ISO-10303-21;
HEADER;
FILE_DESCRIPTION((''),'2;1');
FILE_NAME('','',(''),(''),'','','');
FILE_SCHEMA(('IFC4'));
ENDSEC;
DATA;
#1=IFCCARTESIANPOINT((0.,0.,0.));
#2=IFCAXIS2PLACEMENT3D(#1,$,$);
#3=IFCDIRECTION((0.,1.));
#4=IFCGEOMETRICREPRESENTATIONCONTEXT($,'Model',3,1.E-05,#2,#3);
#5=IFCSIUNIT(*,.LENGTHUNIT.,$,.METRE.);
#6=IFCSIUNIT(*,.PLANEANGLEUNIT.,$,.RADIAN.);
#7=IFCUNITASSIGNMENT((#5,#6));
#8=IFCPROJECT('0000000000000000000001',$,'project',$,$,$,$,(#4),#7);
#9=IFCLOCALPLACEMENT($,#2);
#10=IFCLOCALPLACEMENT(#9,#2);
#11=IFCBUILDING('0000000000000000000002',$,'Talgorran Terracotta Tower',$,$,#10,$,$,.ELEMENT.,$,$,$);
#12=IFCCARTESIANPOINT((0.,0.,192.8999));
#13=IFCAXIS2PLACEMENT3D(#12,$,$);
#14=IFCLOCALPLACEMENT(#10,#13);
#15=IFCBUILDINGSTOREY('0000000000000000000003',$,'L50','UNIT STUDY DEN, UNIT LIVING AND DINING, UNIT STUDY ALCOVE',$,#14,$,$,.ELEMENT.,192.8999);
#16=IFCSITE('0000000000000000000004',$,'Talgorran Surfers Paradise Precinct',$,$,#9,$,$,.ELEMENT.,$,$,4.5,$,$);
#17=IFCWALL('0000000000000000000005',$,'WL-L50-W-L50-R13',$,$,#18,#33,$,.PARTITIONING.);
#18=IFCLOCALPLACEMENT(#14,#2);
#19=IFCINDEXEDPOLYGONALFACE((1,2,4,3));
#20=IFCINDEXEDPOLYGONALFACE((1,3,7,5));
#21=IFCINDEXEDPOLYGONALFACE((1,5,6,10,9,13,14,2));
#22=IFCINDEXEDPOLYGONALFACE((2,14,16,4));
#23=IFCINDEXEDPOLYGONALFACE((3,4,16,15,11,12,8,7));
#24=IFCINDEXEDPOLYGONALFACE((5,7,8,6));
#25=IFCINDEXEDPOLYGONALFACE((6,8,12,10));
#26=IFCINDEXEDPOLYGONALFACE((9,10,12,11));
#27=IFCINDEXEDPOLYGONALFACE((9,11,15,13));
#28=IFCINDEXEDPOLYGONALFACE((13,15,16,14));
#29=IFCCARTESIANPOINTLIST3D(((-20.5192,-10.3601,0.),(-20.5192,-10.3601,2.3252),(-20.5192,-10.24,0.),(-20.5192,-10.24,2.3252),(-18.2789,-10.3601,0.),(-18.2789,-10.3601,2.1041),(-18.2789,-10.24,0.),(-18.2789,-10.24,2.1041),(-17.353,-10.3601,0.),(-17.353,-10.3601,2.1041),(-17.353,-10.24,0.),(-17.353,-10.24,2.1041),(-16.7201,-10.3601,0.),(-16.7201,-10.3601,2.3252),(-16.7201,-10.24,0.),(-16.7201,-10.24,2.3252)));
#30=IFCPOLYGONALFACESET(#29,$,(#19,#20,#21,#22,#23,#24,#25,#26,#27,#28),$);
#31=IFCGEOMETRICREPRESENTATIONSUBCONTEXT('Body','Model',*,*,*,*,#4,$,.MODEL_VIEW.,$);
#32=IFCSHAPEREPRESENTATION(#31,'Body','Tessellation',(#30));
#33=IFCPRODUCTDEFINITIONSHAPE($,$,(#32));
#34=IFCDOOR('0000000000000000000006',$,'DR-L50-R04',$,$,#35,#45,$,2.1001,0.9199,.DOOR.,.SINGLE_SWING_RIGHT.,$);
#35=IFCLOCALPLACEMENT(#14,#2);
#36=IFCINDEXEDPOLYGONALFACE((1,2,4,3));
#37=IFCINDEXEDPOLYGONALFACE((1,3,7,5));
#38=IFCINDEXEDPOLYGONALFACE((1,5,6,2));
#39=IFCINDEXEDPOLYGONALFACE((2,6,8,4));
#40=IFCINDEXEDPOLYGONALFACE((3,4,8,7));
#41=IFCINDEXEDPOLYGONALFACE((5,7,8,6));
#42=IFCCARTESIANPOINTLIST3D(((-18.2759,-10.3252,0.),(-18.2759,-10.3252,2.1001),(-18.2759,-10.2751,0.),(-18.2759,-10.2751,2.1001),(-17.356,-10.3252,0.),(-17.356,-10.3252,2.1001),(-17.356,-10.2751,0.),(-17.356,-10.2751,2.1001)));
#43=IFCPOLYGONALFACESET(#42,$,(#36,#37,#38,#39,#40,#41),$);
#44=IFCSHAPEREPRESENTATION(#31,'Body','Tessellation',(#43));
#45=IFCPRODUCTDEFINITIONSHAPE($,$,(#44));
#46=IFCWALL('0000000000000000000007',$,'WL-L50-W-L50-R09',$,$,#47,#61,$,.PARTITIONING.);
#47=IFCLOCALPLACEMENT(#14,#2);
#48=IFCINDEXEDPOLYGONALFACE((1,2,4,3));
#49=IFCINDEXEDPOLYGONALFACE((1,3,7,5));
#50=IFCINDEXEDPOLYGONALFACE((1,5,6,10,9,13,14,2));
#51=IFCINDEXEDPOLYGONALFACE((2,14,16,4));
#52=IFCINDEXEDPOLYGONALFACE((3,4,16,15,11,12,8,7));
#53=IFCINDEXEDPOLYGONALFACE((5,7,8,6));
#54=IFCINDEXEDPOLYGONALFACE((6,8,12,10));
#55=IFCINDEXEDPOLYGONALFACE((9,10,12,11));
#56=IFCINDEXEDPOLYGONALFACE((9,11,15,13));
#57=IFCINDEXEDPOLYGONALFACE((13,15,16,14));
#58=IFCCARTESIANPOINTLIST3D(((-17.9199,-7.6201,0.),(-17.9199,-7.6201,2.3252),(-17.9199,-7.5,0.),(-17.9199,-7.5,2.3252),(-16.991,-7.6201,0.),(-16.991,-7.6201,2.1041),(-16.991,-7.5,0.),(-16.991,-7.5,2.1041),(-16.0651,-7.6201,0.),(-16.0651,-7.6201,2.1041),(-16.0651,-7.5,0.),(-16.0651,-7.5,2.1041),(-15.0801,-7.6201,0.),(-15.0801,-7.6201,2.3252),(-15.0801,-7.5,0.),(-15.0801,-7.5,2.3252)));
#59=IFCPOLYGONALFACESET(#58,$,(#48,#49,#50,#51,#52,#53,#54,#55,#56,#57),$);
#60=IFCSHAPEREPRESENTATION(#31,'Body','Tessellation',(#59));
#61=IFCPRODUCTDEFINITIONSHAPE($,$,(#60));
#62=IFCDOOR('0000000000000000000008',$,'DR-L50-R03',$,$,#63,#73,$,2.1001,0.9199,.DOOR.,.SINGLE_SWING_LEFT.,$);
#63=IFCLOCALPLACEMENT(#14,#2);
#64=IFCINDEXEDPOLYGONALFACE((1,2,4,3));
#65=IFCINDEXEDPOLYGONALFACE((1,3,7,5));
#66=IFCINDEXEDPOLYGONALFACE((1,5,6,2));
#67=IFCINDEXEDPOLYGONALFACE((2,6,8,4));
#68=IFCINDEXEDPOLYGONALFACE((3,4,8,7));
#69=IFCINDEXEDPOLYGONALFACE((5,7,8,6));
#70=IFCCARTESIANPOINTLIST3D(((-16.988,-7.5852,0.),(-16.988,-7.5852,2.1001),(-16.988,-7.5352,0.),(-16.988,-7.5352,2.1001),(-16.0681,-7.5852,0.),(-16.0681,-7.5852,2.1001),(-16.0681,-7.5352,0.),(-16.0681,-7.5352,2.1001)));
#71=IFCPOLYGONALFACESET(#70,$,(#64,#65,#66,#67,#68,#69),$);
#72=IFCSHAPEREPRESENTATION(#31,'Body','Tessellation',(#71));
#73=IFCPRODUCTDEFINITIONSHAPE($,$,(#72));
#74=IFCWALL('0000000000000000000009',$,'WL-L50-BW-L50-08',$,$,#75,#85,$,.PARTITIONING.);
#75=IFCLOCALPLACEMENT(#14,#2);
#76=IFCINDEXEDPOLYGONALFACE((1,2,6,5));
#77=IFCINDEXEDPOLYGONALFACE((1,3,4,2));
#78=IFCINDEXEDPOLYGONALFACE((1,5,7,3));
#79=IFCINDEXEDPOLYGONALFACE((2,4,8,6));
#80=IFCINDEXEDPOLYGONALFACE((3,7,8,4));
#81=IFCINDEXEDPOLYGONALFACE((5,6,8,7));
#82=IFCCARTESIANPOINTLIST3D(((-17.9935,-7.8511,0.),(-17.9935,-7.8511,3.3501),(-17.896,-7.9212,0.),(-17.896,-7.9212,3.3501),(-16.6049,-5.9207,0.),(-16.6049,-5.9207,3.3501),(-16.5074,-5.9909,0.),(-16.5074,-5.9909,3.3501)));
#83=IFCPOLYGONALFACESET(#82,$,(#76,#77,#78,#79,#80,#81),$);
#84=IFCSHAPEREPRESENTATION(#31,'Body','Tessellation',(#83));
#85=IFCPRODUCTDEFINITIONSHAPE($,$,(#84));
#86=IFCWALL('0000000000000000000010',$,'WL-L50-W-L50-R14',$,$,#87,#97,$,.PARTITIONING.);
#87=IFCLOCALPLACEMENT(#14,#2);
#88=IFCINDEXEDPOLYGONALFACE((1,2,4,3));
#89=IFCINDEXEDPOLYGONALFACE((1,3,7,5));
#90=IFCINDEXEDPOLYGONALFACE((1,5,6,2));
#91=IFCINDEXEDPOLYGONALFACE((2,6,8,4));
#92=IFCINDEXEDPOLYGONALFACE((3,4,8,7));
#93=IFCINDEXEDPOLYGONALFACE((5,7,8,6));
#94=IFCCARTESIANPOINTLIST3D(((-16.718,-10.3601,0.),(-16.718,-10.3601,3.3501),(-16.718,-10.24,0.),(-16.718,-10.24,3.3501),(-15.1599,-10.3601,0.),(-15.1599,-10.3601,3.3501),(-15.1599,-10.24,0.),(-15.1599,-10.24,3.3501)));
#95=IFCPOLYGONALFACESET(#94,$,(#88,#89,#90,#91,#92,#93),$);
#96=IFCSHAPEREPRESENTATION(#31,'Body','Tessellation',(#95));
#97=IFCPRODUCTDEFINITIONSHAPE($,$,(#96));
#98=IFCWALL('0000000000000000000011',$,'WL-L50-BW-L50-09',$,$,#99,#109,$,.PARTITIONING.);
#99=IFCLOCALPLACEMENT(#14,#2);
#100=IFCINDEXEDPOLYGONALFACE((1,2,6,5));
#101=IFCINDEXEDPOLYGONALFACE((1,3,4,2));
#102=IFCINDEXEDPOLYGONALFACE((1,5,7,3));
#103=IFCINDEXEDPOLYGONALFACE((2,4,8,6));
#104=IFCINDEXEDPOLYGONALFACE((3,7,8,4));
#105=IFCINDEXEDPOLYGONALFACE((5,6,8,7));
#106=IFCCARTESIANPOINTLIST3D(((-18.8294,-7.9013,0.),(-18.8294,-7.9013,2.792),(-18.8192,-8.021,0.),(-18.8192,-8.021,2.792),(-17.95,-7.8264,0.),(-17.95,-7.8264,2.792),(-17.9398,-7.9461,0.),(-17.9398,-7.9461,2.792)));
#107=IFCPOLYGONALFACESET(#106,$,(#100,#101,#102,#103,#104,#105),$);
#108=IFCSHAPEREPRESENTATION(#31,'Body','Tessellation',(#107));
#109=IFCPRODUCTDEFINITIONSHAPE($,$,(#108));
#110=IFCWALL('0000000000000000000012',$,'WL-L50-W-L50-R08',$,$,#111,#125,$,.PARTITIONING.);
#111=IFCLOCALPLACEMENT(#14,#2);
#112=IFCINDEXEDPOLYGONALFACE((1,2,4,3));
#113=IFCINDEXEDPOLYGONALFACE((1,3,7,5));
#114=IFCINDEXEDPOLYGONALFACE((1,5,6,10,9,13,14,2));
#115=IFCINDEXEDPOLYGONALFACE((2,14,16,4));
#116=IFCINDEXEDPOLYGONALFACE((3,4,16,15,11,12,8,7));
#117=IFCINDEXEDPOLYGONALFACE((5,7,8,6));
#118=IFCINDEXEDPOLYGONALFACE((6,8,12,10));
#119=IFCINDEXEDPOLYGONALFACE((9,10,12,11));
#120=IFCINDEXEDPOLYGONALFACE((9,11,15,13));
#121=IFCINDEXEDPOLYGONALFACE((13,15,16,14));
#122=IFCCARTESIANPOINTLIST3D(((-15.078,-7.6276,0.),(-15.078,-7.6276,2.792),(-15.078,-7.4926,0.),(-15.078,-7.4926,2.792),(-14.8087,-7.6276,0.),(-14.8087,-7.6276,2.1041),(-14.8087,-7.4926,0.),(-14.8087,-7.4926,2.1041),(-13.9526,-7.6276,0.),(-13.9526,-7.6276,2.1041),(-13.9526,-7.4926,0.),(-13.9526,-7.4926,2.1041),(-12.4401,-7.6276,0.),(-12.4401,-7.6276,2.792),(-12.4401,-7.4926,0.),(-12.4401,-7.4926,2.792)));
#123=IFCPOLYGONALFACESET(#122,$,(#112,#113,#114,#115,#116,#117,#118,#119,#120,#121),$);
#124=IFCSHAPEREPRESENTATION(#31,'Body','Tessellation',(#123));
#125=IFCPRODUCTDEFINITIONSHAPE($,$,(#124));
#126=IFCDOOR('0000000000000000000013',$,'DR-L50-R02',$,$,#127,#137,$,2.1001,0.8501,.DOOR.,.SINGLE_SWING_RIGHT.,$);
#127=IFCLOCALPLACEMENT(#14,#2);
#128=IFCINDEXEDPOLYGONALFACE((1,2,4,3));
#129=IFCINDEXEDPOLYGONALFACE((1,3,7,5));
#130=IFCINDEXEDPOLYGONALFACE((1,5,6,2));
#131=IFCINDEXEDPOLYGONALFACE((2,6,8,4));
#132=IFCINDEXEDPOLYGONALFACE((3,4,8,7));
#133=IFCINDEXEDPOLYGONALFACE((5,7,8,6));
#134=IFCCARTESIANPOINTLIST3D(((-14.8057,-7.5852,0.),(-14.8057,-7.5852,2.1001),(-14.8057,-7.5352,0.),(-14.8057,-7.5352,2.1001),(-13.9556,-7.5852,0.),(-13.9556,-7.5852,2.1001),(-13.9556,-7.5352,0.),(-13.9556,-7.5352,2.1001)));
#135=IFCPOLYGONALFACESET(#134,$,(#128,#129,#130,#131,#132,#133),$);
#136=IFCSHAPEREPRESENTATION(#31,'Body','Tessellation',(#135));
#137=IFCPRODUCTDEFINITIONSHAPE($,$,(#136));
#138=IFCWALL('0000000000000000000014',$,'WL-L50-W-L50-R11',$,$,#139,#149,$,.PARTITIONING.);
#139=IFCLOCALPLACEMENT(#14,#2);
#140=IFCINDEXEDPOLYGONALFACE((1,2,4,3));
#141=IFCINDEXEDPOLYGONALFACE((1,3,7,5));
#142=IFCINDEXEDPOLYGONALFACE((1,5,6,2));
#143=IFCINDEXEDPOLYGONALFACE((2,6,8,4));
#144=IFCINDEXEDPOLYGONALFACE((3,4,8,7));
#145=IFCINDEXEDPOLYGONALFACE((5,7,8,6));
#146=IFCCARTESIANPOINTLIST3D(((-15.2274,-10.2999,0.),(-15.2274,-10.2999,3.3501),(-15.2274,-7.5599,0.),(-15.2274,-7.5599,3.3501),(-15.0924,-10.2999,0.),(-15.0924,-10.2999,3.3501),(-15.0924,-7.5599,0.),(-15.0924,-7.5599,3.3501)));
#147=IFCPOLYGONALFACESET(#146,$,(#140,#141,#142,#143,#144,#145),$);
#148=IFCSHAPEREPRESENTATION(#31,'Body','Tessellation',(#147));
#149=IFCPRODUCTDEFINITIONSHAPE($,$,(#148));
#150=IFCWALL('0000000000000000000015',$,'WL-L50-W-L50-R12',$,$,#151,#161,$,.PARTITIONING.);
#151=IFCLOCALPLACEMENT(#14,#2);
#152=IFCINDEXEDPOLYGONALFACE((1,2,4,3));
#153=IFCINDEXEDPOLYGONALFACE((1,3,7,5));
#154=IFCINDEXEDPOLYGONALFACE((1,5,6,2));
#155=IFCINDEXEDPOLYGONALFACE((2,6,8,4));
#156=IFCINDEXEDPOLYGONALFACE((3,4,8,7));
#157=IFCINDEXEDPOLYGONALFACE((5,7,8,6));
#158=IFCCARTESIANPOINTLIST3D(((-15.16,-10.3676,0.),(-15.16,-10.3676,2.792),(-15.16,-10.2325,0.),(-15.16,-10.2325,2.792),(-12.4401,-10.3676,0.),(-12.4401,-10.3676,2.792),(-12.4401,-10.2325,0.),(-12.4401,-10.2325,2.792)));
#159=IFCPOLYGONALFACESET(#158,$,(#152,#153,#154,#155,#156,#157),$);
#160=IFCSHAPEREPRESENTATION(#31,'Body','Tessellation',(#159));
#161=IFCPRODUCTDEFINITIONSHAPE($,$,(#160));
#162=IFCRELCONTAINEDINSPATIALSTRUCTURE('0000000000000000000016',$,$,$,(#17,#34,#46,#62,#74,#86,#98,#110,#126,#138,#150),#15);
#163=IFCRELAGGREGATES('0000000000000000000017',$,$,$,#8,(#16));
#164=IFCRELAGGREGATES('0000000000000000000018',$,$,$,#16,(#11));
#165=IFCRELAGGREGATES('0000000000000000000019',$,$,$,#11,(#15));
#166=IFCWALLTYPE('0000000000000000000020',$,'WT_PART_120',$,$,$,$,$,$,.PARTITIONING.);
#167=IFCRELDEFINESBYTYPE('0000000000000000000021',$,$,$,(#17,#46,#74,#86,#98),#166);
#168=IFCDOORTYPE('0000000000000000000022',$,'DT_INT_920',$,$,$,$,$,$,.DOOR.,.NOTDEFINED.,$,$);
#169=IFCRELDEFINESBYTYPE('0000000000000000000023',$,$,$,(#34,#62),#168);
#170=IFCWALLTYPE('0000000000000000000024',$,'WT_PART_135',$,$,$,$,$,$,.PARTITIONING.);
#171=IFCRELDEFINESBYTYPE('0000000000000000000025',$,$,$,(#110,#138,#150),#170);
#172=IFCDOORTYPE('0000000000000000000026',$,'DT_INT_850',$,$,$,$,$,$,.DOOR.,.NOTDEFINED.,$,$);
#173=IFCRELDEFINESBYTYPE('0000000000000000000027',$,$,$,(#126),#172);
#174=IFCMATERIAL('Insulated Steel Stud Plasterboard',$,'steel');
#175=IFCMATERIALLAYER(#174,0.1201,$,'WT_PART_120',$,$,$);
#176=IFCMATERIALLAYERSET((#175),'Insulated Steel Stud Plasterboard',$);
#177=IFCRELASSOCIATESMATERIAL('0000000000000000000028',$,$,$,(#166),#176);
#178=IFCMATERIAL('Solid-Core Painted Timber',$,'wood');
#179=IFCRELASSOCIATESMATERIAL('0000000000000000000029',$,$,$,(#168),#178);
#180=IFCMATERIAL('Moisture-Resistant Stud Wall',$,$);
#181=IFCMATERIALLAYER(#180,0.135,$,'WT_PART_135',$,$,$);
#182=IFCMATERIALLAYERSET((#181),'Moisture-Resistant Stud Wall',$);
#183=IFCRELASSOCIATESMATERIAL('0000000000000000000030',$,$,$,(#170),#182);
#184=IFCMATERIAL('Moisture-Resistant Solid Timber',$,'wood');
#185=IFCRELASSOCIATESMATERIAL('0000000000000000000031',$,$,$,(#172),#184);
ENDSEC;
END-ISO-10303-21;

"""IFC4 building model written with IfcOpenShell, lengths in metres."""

from ifc_helpers import new_model, si_unit, direction, frame, frame_2d, origin, place, context, subcontext, project, spatial, rectangle, extrude, material, layer, layer_set, type_object, element, fill, save


model = new_model("IFC4")

# Units and contexts
model_context = context("Model", 3, precision=1e-05, world=origin(), true_north=direction((0.0, 1.0)))
body_context = subcontext(model_context, "Body", "Model", "MODEL_VIEW")
ifc_project = project(units=[si_unit("LENGTHUNIT", "METRE"), si_unit("PLANEANGLEUNIT", "RADIAN")], contexts=[model_context])

# Site, building, storey
site_placement = place(None, origin())
site = spatial("IfcSite", under=ifc_project, at=site_placement, Name="Talgorran Surfers Paradise Precinct", CompositionType="ELEMENT", RefElevation=4.5)
building_placement = place(site_placement, origin())
building = spatial("IfcBuilding", under=site, at=building_placement, Name="Talgorran Terracotta Tower", CompositionType="ELEMENT")
storey_placement = place(building_placement, frame((0.0, 0.0, 192.8999)))
storey = spatial("IfcBuildingStorey", under=building, at=storey_placement, Name="L50", Description="UNIT STUDY DEN, UNIT LIVING AND DINING, UNIT STUDY ALCOVE", CompositionType="ELEMENT", Elevation=192.8999)

# Walls, openings, doors
ifc_material_1 = material(Name="Insulated Steel Stud Plasterboard", Category="steel")
ifc_layer_1 = layer(ifc_material_1, 0.1201, Name="WT_PART_120")
ifc_layer_set_1 = layer_set([ifc_layer_1], Name="Insulated Steel Stud Plasterboard")
wall_type_1 = type_object("IfcWallType", Name="WT_PART_120", PredefinedType="PARTITIONING", material=ifc_layer_set_1)
wall_1_placement = place(storey_placement, frame((-20.519, -10.3, 0.0), z_axis=(0.0, 0.0, 1.0), x_axis=(1.0, 0.0, 0.0)))
wall_1 = element("IfcWall", 1, at=wall_1_placement, inside=storey, type_object=wall_type_1, Name="WL-L50-W-L50-R13", PredefinedType="PARTITIONING", context=body_context, shape_type="SweptSolid", body=[
    extrude(rectangle(XDim=3.7991, YDim=0.1201, at=frame_2d((1.8994, 0.0))), origin(), (0.0, 0.0, 1.0), 2.3252),
])
opening_1_placement = place(wall_1_placement, frame((2.2432, 0.0, 0.0)))
opening_1 = element("IfcOpeningElement", 2, at=opening_1_placement, cuts=wall_1, PredefinedType="OPENING", context=body_context, shape_type="SweptSolid", body=[
    extrude(rectangle(XDim=0.9259, YDim=2.1041, at=frame_2d((0.46, 1.052))), frame((0.0, 0.0701, 0.0), z_axis=(0.0, -1.0, 0.0), x_axis=(1.0, 0.0, 0.0)), (0.0, 0.0, 1.0), 0.1401),
])
ifc_material_2 = material(Name="Solid-Core Painted Timber", Category="wood")
door_type_1 = type_object("IfcDoorType", Name="DT_INT_920", OperationType="NOTDEFINED", PredefinedType="DOOR", material=ifc_material_2)
door_1_placement = place(opening_1_placement, origin())
door_1 = element("IfcDoor", 3, at=door_1_placement, inside=storey, type_object=door_type_1, Name="DR-L50-R04", OperationType="SINGLE_SWING_RIGHT", OverallHeight=2.1001, OverallWidth=0.9199, PredefinedType="DOOR", context=body_context, shape_type="SweptSolid", body=[
    extrude(rectangle(XDim=0.9199, YDim=2.1001, at=frame_2d((0.46, 1.05))), frame((0.0, 0.0249, 0.0), z_axis=(0.0, -1.0, 0.0), x_axis=(1.0, 0.0, 0.0)), (0.0, 0.0, 1.0), 0.05),
])
fill(opening_1, door_1)
wall_2_placement = place(storey_placement, frame((-17.9199, -7.5601, 0.0), z_axis=(0.0, 0.0, 1.0), x_axis=(1.0, 0.0, 0.0)))
wall_2 = element("IfcWall", 4, at=wall_2_placement, inside=storey, type_object=wall_type_1, Name="WL-L50-W-L50-R09", PredefinedType="PARTITIONING", context=body_context, shape_type="SweptSolid", body=[
    extrude(rectangle(XDim=2.8398, YDim=0.1201, at=frame_2d((1.4199, 0.0))), origin(), (0.0, 0.0, 1.0), 2.3252),
])
opening_2_placement = place(wall_2_placement, frame((0.9319, 0.0, 0.0)))
opening_2 = element("IfcOpeningElement", 5, at=opening_2_placement, cuts=wall_2, PredefinedType="OPENING", context=body_context, shape_type="SweptSolid", body=[
    extrude(rectangle(XDim=0.9259, YDim=2.1041, at=frame_2d((0.46, 1.052))), frame((0.0, 0.0701, 0.0), z_axis=(0.0, -1.0, 0.0), x_axis=(1.0, 0.0, 0.0)), (0.0, 0.0, 1.0), 0.1401),
])
door_2_placement = place(opening_2_placement, origin())
door_2 = element("IfcDoor", 6, at=door_2_placement, inside=storey, type_object=door_type_1, Name="DR-L50-R03", OperationType="SINGLE_SWING_LEFT", OverallHeight=2.1001, OverallWidth=0.9199, PredefinedType="DOOR", context=body_context, shape_type="SweptSolid", body=[
    extrude(rectangle(XDim=0.9199, YDim=2.1001, at=frame_2d((0.46, 1.05))), frame((0.0, 0.0249, 0.0), z_axis=(0.0, -1.0, 0.0), x_axis=(1.0, 0.0, 0.0)), (0.0, 0.0, 1.0), 0.05),
])
fill(opening_2, door_2)

# Walls
wall_3_placement = place(storey_placement, frame((-16.5562, -5.9558, 0.0), z_axis=(0.0, 0.0, 1.0), x_axis=(-0.583964, -0.81178, 0.0)))
element("IfcWall", 7, at=wall_3_placement, inside=storey, type_object=wall_type_1, Name="WL-L50-BW-L50-08", PredefinedType="PARTITIONING", context=body_context, shape_type="SweptSolid", body=[
    extrude(rectangle(XDim=2.3779, YDim=0.1201, at=frame_2d((1.189, 0.0))), origin(), (0.0, 0.0, 1.0), 3.3501),
])
wall_4_placement = place(storey_placement, frame((-16.718, -10.3, 0.0), z_axis=(0.0, 0.0, 1.0), x_axis=(1.0, 0.0, 0.0)))
element("IfcWall", 8, at=wall_4_placement, inside=storey, type_object=wall_type_1, Name="WL-L50-W-L50-R14", PredefinedType="PARTITIONING", context=body_context, shape_type="SweptSolid", body=[
    extrude(rectangle(XDim=1.5581, YDim=0.1201, at=frame_2d((0.7791, 0.0))), origin(), (0.0, 0.0, 1.0), 3.3501),
])
wall_5_placement = place(storey_placement, frame((-17.9448, -7.8862, 0.0), z_axis=(0.0, 0.0, 1.0), x_axis=(-0.996388, -0.084923, 0.0)))
element("IfcWall", 9, at=wall_5_placement, inside=storey, type_object=wall_type_1, Name="WL-L50-BW-L50-09", PredefinedType="PARTITIONING", context=body_context, shape_type="SweptSolid", body=[
    extrude(rectangle(XDim=0.8826, YDim=0.1201, at=frame_2d((0.4414, 0.0))), origin(), (0.0, 0.0, 1.0), 2.792),
])

# Wall, opening, door
ifc_material_3 = material(Name="Moisture-Resistant Stud Wall")
ifc_layer_2 = layer(ifc_material_3, 0.135, Name="WT_PART_135")
ifc_layer_set_2 = layer_set([ifc_layer_2], Name="Moisture-Resistant Stud Wall")
wall_type_2 = type_object("IfcWallType", Name="WT_PART_135", PredefinedType="PARTITIONING", material=ifc_layer_set_2)
wall_6_placement = place(storey_placement, frame((-15.0779, -7.5601, 0.0), z_axis=(0.0, 0.0, 1.0), x_axis=(1.0, 0.0, 0.0)))
wall_6 = element("IfcWall", 10, at=wall_6_placement, inside=storey, type_object=wall_type_2, Name="WL-L50-W-L50-R08", PredefinedType="PARTITIONING", context=body_context, shape_type="SweptSolid", body=[
    extrude(rectangle(XDim=2.6379, YDim=0.135, at=frame_2d((1.3188, 0.0))), origin(), (0.0, 0.0, 1.0), 2.792),
])
opening_3_placement = place(wall_6_placement, frame((0.2722, 0.0, 0.0)))
opening_3 = element("IfcOpeningElement", 11, at=opening_3_placement, cuts=wall_6, PredefinedType="OPENING", context=body_context, shape_type="SweptSolid", body=[
    extrude(rectangle(XDim=0.8561, YDim=2.1041, at=frame_2d((0.425, 1.052))), frame((0.0, 0.0776, 0.0), z_axis=(0.0, -1.0, 0.0), x_axis=(1.0, 0.0, 0.0)), (0.0, 0.0, 1.0), 0.155),
])
ifc_material_4 = material(Name="Moisture-Resistant Solid Timber", Category="wood")
door_type_2 = type_object("IfcDoorType", Name="DT_INT_850", OperationType="NOTDEFINED", PredefinedType="DOOR", material=ifc_material_4)
door_3_placement = place(opening_3_placement, origin())
door_3 = element("IfcDoor", 12, at=door_3_placement, inside=storey, type_object=door_type_2, Name="DR-L50-R02", OperationType="SINGLE_SWING_RIGHT", OverallHeight=2.1001, OverallWidth=0.8501, PredefinedType="DOOR", context=body_context, shape_type="SweptSolid", body=[
    extrude(rectangle(XDim=0.8501, YDim=2.1001, at=frame_2d((0.425, 1.05))), frame((0.0, 0.0249, 0.0), z_axis=(0.0, -1.0, 0.0), x_axis=(1.0, 0.0, 0.0)), (0.0, 0.0, 1.0), 0.05),
])
fill(opening_3, door_3)

# Walls
wall_7_placement = place(storey_placement, frame((-15.1599, -10.3, 0.0), z_axis=(0.0, 0.0, 1.0), x_axis=(0.0, 1.0, 0.0)))
element("IfcWall", 13, at=wall_7_placement, inside=storey, type_object=wall_type_2, Name="WL-L50-W-L50-R11", PredefinedType="PARTITIONING", context=body_context, shape_type="SweptSolid", body=[
    extrude(rectangle(XDim=2.74, YDim=0.135, at=frame_2d((1.3701, 0.0))), origin(), (0.0, 0.0, 1.0), 3.3501),
])
wall_8_placement = place(storey_placement, frame((-15.1599, -10.3, 0.0), z_axis=(0.0, 0.0, 1.0), x_axis=(1.0, 0.0, 0.0)))
element("IfcWall", 14, at=wall_8_placement, inside=storey, type_object=wall_type_2, Name="WL-L50-W-L50-R12", PredefinedType="PARTITIONING", context=body_context, shape_type="SweptSolid", body=[
    extrude(rectangle(XDim=2.72, YDim=0.135, at=frame_2d((1.3599, 0.0))), origin(), (0.0, 0.0, 1.0), 2.792),
])

save(model, "model.ifc")
